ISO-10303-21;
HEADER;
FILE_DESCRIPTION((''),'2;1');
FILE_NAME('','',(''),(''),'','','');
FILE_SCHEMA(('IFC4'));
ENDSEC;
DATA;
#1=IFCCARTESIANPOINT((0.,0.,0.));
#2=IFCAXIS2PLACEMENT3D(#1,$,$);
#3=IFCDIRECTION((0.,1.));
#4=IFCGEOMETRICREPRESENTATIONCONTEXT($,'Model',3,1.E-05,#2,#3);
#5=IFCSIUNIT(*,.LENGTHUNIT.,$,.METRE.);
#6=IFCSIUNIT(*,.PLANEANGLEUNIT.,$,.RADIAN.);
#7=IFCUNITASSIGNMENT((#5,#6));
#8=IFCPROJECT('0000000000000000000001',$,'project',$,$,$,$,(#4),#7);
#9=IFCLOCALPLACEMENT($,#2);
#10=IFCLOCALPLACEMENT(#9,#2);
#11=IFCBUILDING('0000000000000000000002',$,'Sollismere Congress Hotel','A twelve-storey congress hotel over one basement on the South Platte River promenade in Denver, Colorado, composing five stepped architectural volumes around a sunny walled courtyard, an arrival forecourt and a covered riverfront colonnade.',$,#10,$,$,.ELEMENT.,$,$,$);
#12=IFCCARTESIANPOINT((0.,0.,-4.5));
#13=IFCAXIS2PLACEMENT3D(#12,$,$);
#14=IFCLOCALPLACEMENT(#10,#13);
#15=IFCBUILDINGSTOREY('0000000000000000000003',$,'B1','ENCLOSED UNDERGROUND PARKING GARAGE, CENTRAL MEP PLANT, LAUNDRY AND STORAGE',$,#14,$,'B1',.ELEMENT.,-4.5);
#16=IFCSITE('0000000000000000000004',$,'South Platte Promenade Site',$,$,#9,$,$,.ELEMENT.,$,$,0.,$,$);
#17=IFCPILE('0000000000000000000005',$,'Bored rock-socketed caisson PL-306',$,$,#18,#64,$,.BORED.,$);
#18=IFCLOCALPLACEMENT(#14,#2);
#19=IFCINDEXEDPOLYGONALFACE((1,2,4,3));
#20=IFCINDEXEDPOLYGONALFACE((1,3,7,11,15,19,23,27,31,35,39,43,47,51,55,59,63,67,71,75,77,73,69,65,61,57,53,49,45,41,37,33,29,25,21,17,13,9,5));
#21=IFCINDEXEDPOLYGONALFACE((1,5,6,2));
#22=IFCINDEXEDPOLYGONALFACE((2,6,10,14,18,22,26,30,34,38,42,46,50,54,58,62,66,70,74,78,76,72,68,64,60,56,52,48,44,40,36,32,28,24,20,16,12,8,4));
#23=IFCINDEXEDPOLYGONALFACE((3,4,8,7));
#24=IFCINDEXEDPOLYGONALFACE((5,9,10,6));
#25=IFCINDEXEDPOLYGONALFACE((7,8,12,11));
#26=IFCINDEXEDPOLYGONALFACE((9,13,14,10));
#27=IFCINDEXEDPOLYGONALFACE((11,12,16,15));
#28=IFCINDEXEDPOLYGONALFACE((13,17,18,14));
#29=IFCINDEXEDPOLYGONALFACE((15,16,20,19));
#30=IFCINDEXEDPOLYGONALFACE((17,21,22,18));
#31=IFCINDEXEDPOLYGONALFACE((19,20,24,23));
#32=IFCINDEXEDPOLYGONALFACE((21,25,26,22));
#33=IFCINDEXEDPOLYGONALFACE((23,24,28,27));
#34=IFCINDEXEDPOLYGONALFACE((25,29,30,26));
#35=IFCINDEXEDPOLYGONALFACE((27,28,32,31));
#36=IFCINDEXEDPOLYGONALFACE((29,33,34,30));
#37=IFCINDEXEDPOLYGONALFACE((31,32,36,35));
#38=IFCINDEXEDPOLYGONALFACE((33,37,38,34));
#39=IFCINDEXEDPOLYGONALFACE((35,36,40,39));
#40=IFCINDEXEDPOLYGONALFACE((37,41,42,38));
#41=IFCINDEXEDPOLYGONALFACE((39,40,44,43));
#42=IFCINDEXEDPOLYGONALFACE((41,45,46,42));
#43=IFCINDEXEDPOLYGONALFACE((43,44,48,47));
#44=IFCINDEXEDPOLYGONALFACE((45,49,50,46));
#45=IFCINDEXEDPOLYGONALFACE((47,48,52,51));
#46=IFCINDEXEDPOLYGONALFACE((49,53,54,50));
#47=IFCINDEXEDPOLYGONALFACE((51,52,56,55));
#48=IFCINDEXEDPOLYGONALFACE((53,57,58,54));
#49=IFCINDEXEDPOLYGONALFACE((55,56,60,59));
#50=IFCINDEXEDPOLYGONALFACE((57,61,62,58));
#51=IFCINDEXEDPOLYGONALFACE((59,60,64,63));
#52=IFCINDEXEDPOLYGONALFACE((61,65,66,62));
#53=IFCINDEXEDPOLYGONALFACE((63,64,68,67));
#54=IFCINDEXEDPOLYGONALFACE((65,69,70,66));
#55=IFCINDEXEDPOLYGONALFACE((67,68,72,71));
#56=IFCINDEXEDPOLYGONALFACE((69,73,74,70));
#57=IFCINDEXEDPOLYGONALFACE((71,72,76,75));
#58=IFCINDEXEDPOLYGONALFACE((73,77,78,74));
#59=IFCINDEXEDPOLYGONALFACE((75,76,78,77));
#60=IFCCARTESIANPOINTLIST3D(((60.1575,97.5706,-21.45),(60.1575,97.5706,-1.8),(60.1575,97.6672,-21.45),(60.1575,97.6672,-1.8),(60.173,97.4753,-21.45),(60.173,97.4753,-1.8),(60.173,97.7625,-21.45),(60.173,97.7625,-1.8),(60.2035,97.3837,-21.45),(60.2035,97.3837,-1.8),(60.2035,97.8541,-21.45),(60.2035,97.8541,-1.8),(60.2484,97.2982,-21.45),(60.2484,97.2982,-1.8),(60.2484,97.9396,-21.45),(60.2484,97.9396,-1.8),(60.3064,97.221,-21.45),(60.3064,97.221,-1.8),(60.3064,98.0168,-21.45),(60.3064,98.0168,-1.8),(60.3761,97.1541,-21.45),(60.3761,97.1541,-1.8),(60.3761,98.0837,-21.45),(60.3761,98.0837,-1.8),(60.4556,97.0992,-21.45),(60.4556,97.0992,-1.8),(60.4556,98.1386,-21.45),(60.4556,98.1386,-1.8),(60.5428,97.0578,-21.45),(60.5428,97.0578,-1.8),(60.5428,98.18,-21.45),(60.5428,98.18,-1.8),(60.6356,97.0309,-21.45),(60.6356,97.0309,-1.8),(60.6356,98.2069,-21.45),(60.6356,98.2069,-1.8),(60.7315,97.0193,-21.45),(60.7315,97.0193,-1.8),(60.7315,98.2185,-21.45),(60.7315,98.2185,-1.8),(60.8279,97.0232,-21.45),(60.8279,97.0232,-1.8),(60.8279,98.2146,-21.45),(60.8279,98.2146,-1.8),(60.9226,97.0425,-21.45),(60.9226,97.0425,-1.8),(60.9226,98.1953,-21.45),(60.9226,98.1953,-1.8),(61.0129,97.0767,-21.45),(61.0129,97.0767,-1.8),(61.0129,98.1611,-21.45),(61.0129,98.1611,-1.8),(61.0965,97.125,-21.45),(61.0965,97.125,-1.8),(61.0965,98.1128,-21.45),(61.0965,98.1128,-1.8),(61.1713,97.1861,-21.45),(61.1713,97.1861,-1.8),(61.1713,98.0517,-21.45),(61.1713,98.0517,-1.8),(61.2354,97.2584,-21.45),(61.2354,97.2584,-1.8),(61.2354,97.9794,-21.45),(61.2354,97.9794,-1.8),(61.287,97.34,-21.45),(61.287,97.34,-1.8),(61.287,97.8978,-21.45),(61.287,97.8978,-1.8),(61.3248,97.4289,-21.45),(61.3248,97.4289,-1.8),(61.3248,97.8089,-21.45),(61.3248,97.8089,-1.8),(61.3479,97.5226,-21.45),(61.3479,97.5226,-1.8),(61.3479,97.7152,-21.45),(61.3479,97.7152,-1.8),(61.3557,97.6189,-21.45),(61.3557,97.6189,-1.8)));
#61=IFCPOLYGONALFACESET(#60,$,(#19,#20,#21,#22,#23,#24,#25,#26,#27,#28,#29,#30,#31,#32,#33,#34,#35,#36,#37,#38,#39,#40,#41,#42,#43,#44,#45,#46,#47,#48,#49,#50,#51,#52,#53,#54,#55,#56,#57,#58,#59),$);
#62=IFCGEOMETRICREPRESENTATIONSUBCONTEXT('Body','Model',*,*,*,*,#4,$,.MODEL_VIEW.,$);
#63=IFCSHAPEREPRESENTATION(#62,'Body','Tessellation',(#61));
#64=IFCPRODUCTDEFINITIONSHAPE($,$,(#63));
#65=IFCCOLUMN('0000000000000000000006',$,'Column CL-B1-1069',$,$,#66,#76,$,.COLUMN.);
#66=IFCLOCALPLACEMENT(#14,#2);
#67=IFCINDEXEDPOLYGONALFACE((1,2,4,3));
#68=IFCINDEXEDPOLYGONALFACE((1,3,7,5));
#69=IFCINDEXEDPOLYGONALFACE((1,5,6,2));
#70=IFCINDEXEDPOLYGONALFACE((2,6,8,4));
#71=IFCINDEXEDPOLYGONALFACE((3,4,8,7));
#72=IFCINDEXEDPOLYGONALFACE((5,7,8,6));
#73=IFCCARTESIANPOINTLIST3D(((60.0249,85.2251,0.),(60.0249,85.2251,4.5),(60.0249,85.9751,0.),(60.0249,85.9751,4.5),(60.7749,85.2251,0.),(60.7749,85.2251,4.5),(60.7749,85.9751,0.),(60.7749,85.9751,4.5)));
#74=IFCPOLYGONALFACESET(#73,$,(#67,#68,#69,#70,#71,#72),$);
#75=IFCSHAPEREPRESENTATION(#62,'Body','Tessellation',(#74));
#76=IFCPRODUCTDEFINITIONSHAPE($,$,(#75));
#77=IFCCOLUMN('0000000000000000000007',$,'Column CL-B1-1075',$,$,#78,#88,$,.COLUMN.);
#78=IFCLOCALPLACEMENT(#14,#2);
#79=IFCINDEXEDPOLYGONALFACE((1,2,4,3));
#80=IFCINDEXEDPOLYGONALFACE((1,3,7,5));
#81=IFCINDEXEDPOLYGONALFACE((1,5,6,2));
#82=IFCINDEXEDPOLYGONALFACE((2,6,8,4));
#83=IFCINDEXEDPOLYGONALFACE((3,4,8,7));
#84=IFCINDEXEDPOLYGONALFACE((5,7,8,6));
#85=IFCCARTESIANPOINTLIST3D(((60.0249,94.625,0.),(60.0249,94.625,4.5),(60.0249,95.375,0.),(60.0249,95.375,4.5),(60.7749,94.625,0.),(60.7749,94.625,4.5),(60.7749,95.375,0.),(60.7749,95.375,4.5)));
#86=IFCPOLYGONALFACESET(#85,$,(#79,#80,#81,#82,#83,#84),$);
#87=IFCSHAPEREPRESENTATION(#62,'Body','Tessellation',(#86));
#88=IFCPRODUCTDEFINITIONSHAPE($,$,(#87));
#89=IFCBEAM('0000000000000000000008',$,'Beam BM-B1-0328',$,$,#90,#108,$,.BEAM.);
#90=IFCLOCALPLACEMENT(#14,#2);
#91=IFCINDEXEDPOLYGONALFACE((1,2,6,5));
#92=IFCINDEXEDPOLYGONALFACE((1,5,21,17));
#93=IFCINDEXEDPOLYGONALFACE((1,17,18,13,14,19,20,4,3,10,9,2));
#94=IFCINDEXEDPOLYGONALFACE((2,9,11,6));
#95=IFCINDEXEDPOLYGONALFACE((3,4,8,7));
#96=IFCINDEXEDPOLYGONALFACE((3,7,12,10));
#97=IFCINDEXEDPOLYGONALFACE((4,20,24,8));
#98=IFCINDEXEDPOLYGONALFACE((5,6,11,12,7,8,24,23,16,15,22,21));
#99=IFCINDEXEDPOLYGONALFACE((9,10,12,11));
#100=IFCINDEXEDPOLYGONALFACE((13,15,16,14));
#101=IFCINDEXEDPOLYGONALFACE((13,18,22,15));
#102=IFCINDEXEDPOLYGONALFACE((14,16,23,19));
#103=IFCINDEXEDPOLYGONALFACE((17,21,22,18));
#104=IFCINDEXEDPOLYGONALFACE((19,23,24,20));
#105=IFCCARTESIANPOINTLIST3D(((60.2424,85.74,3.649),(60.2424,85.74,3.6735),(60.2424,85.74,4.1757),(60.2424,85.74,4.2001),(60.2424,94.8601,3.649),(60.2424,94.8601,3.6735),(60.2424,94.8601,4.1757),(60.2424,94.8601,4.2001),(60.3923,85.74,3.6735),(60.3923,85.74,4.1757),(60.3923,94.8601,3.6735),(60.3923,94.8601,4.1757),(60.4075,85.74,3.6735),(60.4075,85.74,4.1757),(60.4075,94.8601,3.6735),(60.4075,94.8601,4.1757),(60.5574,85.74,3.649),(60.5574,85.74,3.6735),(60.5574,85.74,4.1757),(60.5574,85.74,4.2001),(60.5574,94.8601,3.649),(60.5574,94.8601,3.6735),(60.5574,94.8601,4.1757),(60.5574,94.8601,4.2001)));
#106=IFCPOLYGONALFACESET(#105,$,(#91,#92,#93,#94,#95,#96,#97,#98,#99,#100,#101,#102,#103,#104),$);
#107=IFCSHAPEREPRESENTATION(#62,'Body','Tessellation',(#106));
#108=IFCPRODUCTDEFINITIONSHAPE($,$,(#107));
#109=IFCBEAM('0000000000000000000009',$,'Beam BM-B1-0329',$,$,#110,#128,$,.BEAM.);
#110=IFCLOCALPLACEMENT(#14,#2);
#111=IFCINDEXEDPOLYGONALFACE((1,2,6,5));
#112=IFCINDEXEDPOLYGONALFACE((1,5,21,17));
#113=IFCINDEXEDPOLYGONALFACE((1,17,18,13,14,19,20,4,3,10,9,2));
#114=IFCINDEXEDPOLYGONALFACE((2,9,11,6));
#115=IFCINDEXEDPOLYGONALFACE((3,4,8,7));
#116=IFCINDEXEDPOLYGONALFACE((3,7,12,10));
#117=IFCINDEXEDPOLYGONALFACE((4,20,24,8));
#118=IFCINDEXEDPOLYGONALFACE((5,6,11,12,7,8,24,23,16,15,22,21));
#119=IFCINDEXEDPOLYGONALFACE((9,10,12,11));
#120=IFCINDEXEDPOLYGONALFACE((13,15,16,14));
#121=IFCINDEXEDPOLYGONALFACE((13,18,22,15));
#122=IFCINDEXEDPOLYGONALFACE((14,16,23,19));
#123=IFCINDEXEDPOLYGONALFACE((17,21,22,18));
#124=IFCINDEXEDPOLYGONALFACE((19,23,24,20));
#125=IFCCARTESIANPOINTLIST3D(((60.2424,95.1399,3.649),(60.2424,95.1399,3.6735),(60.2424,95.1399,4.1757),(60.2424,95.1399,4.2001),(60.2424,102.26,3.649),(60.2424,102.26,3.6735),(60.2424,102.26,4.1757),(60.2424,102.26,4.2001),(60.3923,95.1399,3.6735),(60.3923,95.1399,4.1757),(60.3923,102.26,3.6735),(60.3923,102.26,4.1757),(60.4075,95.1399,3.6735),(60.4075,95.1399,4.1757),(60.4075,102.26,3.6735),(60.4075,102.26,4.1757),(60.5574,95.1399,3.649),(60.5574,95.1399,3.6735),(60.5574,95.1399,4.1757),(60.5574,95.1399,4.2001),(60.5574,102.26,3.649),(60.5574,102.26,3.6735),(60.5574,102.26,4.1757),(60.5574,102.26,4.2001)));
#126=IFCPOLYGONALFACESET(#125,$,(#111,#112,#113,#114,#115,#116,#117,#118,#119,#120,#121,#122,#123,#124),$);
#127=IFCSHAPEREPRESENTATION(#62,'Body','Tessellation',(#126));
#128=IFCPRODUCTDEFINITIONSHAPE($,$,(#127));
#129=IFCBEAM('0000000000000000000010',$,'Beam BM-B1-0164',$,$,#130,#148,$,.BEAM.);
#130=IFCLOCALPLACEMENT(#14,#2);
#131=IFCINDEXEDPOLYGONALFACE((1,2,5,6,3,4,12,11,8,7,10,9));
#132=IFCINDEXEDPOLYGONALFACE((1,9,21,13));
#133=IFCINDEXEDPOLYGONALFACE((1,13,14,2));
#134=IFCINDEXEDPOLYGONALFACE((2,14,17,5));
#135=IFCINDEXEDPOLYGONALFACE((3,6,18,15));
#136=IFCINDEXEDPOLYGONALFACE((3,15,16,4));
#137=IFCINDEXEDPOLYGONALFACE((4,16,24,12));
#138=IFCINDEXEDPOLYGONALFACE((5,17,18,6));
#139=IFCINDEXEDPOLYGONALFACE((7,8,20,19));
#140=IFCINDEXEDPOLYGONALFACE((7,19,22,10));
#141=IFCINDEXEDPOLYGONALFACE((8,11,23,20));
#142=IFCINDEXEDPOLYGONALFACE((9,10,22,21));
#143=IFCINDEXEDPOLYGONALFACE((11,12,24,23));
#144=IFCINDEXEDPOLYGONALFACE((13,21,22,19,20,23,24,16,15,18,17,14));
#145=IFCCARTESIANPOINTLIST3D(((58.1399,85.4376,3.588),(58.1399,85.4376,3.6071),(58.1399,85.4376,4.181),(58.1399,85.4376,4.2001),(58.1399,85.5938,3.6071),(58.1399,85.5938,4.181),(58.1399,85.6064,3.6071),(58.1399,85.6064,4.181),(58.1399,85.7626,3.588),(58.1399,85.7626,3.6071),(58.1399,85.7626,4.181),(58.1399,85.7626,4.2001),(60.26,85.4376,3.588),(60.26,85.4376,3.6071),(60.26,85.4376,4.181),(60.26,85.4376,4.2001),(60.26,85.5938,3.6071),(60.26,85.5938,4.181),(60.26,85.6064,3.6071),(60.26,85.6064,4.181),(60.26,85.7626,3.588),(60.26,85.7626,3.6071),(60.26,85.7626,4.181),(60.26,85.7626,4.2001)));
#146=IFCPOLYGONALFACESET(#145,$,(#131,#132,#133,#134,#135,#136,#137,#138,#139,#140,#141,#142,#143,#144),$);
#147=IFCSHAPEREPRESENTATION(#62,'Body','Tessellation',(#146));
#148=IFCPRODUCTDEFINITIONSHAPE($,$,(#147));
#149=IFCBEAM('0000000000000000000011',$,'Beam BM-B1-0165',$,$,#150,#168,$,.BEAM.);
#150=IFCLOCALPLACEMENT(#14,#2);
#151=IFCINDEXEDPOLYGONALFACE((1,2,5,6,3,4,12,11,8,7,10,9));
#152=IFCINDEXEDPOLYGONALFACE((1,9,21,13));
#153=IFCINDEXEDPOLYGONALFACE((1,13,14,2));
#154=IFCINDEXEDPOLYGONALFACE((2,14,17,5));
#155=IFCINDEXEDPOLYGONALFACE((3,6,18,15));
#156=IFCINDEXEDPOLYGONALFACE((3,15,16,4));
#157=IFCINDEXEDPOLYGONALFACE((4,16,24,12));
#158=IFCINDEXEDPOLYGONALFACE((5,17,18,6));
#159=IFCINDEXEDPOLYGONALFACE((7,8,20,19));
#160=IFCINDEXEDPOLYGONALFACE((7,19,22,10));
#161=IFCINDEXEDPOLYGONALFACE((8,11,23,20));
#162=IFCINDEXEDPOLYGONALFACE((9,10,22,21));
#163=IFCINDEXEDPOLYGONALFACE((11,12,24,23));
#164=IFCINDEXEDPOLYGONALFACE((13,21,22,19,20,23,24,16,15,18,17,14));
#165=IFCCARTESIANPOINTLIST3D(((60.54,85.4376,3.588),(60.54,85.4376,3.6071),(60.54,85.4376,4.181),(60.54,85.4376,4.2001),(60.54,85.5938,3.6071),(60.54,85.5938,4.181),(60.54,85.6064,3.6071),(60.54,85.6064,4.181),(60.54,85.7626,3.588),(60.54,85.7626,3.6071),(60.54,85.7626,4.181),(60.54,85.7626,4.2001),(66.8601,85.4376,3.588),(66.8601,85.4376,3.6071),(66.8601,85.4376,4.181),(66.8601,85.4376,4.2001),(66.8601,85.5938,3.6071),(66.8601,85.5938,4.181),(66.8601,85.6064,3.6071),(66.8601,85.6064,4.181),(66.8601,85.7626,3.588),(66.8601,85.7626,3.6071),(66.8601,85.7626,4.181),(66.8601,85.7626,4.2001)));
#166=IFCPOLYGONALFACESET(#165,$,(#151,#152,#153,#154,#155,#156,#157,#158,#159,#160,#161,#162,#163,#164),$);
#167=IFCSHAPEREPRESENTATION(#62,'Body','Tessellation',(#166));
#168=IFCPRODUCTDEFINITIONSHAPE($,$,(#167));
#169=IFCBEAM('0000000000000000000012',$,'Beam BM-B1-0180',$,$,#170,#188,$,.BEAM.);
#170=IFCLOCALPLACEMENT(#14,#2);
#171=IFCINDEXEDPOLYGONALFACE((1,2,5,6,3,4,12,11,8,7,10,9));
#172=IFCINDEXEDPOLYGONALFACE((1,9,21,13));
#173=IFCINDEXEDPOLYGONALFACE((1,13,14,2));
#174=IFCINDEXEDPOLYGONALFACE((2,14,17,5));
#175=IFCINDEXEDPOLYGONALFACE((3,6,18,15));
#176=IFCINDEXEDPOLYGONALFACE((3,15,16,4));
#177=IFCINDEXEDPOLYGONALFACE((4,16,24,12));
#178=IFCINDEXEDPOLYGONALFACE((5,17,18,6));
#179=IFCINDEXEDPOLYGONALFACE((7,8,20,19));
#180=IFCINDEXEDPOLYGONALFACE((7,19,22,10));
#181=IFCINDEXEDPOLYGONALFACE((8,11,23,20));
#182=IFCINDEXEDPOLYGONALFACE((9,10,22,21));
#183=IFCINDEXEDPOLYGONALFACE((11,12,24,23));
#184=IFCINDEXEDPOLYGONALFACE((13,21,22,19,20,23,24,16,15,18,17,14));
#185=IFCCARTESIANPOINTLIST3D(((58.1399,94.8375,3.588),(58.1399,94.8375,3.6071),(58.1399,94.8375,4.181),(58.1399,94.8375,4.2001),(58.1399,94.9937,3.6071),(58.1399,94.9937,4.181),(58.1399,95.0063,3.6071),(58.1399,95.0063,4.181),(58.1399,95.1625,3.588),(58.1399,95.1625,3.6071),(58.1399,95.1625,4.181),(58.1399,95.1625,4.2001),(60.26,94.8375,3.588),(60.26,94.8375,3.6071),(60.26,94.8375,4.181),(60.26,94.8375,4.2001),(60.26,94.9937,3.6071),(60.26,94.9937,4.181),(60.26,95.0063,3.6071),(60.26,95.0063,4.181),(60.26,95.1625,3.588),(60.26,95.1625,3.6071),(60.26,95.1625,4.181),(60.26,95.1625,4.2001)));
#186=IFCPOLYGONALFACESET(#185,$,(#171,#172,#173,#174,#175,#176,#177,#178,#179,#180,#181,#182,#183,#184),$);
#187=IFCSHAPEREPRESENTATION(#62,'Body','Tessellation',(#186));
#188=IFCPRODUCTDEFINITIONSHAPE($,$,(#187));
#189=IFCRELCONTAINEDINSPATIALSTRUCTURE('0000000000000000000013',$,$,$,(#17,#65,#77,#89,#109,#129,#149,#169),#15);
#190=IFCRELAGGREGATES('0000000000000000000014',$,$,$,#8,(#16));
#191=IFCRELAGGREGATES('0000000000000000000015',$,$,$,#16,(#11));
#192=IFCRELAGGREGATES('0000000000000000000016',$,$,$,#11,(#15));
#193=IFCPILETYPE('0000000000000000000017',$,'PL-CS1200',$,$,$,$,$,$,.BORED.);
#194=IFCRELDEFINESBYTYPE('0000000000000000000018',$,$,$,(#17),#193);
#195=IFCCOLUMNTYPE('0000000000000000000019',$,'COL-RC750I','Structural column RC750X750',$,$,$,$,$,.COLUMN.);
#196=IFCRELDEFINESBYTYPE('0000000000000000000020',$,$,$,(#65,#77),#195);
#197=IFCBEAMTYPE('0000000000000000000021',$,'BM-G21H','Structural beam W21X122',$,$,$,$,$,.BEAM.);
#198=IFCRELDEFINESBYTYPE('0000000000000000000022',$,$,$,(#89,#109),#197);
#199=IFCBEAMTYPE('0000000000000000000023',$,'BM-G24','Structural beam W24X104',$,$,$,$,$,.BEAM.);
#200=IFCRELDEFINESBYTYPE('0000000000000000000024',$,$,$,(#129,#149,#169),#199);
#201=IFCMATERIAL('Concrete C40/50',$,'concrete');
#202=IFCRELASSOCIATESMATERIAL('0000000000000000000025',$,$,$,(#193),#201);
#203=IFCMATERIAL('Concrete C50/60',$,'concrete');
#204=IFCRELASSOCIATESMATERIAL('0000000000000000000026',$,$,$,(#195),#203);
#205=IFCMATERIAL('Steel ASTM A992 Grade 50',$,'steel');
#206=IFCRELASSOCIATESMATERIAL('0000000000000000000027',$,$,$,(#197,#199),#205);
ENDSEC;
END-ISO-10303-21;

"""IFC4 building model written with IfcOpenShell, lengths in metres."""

from ifc_helpers import new_model, si_unit, direction, frame, origin, origin_2d, place, context, subcontext, project, spatial, rectangle, circle, i_section, extrude, material, material_profile, profile_set, type_object, element, save


model = new_model("IFC4")

# Units and contexts
model_context = context("Model", 3, precision=1e-05, world=origin(), true_north=direction((0.0, 1.0)))
body_context = subcontext(model_context, "Body", "Model", "MODEL_VIEW")
ifc_project = project(units=[si_unit("LENGTHUNIT", "METRE"), si_unit("PLANEANGLEUNIT", "RADIAN")], contexts=[model_context])

# Site, building, storey
site_placement = place(None, origin())
site = spatial("IfcSite", under=ifc_project, at=site_placement, Name="South Platte Promenade Site", CompositionType="ELEMENT", RefElevation=0.0)
building_placement = place(site_placement, origin())
building = spatial("IfcBuilding", under=site, at=building_placement, Name="Sollismere Congress Hotel", Description="A twelve-storey congress hotel over one basement on the South Platte River promenade in Denver, Colorado, composing five stepped architectural volumes around a sunny walled courtyard, an arrival forecourt and a covered riverfront colonnade.", CompositionType="ELEMENT")
storey_placement = place(building_placement, frame((0.0, 0.0, -4.5)))
storey = spatial("IfcBuildingStorey", under=building, at=storey_placement, Name="B1", Description="ENCLOSED UNDERGROUND PARKING GARAGE, CENTRAL MEP PLANT, LAUNDRY AND STORAGE", LongName="B1", CompositionType="ELEMENT", Elevation=-4.5)

# Shared definitions
ifc_material_1 = material(Name="Concrete C40/50", Category="concrete")

# Pile
ifc_material_profile_1 = material_profile(ifc_material_1, circle(Radius=0.6001, at=origin_2d()), Name="CAISSON1200")
ifc_profile_set_1 = profile_set([ifc_material_profile_1], Name="Concrete C40/50")
pile_type = type_object("IfcPileType", Name="PL-CS1200", PredefinedType="BORED", material=ifc_profile_set_1)
for number, where, z_axis, x_axis, name in (
    (1, (60.7556, 97.6189, -1.8), (0.0, 0.0, -1.0), (1.0, 0.0, 0.0), "Bored rock-socketed caisson PL-306"),
):
    element("IfcPile", number, at=place(storey_placement, frame(where, z_axis=z_axis, x_axis=x_axis)), inside=storey, type_object=pile_type, Name=name, PredefinedType="BORED", context=body_context, shape_type="SweptSolid", body=[
        extrude(circle(Radius=0.6001, at=origin_2d()), origin(), (0.0, 0.0, 1.0), 19.6499),
    ])

# Columns
ifc_material_2 = material(Name="Concrete C50/60", Category="concrete")
ifc_material_profile_2 = material_profile(ifc_material_2, rectangle(XDim=0.75, YDim=0.75, at=origin_2d()), Name="RC750X750")
ifc_profile_set_2 = profile_set([ifc_material_profile_2], Name="Concrete C50/60")
column_type = type_object("IfcColumnType", Name="COL-RC750I", Description="Structural column RC750X750", PredefinedType="COLUMN", material=ifc_profile_set_2)
for number, where, z_axis, x_axis, name in (
    (2, (60.3999, 85.6001, 0.0), (0.0, 0.0, 1.0), (1.0, 0.0, 0.0), "Column CL-B1-1069"),
    (3, (60.3999, 95.0, 0.0), (0.0, 0.0, 1.0), (1.0, 0.0, 0.0), "Column CL-B1-1075"),
):
    element("IfcColumn", number, at=place(storey_placement, frame(where, z_axis=z_axis, x_axis=x_axis)), inside=storey, type_object=column_type, Name=name, PredefinedType="COLUMN", context=body_context, shape_type="SweptSolid", body=[
        extrude(rectangle(XDim=0.75, YDim=0.75, at=origin_2d()), origin(), (0.0, 0.0, 1.0), 4.5),
    ])

# Beams
ifc_material_3 = material(Name="Steel ASTM A992 Grade 50", Category="steel")
ifc_material_profile_3 = material_profile(ifc_material_3, i_section(OverallWidth=0.3149, OverallDepth=0.551, WebThickness=0.0151, FlangeThickness=0.0244, at=origin_2d()), Name="W21X122")
ifc_profile_set_3 = profile_set([ifc_material_profile_3], Name="Steel ASTM A992 Grade 50")
beam_type_1 = type_object("IfcBeamType", Name="BM-G21H", Description="Structural beam W21X122", PredefinedType="BEAM", material=ifc_profile_set_3)
beam_1_placement = place(storey_placement, frame((60.3999, 85.74, 3.9246), z_axis=(0.0, 1.0, 0.0), x_axis=(-1.0, 0.0, 0.0)))
element("IfcBeam", 4, at=beam_1_placement, inside=storey, type_object=beam_type_1, Name="Beam BM-B1-0328", PredefinedType="BEAM", context=body_context, shape_type="SweptSolid", body=[
    extrude(i_section(OverallWidth=0.3149, OverallDepth=0.551, WebThickness=0.0151, FlangeThickness=0.0244, at=origin_2d()), origin(), (0.0, 0.0, 1.0), 9.1201),
])
beam_2_placement = place(storey_placement, frame((60.3999, 95.1399, 3.9246), z_axis=(0.0, 1.0, 0.0), x_axis=(-1.0, 0.0, 0.0)))
element("IfcBeam", 5, at=beam_2_placement, inside=storey, type_object=beam_type_1, Name="Beam BM-B1-0329", PredefinedType="BEAM", context=body_context, shape_type="SweptSolid", body=[
    extrude(i_section(OverallWidth=0.3149, OverallDepth=0.551, WebThickness=0.0151, FlangeThickness=0.0244, at=origin_2d()), origin(), (0.0, 0.0, 1.0), 7.1201),
])
ifc_material_profile_4 = material_profile(ifc_material_3, i_section(OverallWidth=0.325, OverallDepth=0.6121, WebThickness=0.0127, FlangeThickness=0.019, at=origin_2d()), Name="W24X104")
ifc_profile_set_4 = profile_set([ifc_material_profile_4], Name="Steel ASTM A992 Grade 50")
beam_type_2 = type_object("IfcBeamType", Name="BM-G24", Description="Structural beam W24X104", PredefinedType="BEAM", material=ifc_profile_set_4)
beam_3_placement = place(storey_placement, frame((58.1399, 85.6001, 3.894), z_axis=(1.0, 0.0, 0.0), x_axis=(0.0, 1.0, 0.0)))
element("IfcBeam", 6, at=beam_3_placement, inside=storey, type_object=beam_type_2, Name="Beam BM-B1-0164", PredefinedType="BEAM", context=body_context, shape_type="SweptSolid", body=[
    extrude(i_section(OverallWidth=0.325, OverallDepth=0.6121, WebThickness=0.0127, FlangeThickness=0.019, at=origin_2d()), origin(), (0.0, 0.0, 1.0), 2.1201),
])
beam_4_placement = place(storey_placement, frame((60.54, 85.6001, 3.894), z_axis=(1.0, 0.0, 0.0), x_axis=(0.0, 1.0, 0.0)))
element("IfcBeam", 7, at=beam_4_placement, inside=storey, type_object=beam_type_2, Name="Beam BM-B1-0165", PredefinedType="BEAM", context=body_context, shape_type="SweptSolid", body=[
    extrude(i_section(OverallWidth=0.325, OverallDepth=0.6121, WebThickness=0.0127, FlangeThickness=0.019, at=origin_2d()), origin(), (0.0, 0.0, 1.0), 6.3201),
])
beam_5_placement = place(storey_placement, frame((58.1399, 95.0, 3.894), z_axis=(1.0, 0.0, 0.0), x_axis=(0.0, 1.0, 0.0)))
element("IfcBeam", 8, at=beam_5_placement, inside=storey, type_object=beam_type_2, Name="Beam BM-B1-0180", PredefinedType="BEAM", context=body_context, shape_type="SweptSolid", body=[
    extrude(i_section(OverallWidth=0.325, OverallDepth=0.6121, WebThickness=0.0127, FlangeThickness=0.019, at=origin_2d()), origin(), (0.0, 0.0, 1.0), 2.1201),
])

save(model, "model.ifc")
